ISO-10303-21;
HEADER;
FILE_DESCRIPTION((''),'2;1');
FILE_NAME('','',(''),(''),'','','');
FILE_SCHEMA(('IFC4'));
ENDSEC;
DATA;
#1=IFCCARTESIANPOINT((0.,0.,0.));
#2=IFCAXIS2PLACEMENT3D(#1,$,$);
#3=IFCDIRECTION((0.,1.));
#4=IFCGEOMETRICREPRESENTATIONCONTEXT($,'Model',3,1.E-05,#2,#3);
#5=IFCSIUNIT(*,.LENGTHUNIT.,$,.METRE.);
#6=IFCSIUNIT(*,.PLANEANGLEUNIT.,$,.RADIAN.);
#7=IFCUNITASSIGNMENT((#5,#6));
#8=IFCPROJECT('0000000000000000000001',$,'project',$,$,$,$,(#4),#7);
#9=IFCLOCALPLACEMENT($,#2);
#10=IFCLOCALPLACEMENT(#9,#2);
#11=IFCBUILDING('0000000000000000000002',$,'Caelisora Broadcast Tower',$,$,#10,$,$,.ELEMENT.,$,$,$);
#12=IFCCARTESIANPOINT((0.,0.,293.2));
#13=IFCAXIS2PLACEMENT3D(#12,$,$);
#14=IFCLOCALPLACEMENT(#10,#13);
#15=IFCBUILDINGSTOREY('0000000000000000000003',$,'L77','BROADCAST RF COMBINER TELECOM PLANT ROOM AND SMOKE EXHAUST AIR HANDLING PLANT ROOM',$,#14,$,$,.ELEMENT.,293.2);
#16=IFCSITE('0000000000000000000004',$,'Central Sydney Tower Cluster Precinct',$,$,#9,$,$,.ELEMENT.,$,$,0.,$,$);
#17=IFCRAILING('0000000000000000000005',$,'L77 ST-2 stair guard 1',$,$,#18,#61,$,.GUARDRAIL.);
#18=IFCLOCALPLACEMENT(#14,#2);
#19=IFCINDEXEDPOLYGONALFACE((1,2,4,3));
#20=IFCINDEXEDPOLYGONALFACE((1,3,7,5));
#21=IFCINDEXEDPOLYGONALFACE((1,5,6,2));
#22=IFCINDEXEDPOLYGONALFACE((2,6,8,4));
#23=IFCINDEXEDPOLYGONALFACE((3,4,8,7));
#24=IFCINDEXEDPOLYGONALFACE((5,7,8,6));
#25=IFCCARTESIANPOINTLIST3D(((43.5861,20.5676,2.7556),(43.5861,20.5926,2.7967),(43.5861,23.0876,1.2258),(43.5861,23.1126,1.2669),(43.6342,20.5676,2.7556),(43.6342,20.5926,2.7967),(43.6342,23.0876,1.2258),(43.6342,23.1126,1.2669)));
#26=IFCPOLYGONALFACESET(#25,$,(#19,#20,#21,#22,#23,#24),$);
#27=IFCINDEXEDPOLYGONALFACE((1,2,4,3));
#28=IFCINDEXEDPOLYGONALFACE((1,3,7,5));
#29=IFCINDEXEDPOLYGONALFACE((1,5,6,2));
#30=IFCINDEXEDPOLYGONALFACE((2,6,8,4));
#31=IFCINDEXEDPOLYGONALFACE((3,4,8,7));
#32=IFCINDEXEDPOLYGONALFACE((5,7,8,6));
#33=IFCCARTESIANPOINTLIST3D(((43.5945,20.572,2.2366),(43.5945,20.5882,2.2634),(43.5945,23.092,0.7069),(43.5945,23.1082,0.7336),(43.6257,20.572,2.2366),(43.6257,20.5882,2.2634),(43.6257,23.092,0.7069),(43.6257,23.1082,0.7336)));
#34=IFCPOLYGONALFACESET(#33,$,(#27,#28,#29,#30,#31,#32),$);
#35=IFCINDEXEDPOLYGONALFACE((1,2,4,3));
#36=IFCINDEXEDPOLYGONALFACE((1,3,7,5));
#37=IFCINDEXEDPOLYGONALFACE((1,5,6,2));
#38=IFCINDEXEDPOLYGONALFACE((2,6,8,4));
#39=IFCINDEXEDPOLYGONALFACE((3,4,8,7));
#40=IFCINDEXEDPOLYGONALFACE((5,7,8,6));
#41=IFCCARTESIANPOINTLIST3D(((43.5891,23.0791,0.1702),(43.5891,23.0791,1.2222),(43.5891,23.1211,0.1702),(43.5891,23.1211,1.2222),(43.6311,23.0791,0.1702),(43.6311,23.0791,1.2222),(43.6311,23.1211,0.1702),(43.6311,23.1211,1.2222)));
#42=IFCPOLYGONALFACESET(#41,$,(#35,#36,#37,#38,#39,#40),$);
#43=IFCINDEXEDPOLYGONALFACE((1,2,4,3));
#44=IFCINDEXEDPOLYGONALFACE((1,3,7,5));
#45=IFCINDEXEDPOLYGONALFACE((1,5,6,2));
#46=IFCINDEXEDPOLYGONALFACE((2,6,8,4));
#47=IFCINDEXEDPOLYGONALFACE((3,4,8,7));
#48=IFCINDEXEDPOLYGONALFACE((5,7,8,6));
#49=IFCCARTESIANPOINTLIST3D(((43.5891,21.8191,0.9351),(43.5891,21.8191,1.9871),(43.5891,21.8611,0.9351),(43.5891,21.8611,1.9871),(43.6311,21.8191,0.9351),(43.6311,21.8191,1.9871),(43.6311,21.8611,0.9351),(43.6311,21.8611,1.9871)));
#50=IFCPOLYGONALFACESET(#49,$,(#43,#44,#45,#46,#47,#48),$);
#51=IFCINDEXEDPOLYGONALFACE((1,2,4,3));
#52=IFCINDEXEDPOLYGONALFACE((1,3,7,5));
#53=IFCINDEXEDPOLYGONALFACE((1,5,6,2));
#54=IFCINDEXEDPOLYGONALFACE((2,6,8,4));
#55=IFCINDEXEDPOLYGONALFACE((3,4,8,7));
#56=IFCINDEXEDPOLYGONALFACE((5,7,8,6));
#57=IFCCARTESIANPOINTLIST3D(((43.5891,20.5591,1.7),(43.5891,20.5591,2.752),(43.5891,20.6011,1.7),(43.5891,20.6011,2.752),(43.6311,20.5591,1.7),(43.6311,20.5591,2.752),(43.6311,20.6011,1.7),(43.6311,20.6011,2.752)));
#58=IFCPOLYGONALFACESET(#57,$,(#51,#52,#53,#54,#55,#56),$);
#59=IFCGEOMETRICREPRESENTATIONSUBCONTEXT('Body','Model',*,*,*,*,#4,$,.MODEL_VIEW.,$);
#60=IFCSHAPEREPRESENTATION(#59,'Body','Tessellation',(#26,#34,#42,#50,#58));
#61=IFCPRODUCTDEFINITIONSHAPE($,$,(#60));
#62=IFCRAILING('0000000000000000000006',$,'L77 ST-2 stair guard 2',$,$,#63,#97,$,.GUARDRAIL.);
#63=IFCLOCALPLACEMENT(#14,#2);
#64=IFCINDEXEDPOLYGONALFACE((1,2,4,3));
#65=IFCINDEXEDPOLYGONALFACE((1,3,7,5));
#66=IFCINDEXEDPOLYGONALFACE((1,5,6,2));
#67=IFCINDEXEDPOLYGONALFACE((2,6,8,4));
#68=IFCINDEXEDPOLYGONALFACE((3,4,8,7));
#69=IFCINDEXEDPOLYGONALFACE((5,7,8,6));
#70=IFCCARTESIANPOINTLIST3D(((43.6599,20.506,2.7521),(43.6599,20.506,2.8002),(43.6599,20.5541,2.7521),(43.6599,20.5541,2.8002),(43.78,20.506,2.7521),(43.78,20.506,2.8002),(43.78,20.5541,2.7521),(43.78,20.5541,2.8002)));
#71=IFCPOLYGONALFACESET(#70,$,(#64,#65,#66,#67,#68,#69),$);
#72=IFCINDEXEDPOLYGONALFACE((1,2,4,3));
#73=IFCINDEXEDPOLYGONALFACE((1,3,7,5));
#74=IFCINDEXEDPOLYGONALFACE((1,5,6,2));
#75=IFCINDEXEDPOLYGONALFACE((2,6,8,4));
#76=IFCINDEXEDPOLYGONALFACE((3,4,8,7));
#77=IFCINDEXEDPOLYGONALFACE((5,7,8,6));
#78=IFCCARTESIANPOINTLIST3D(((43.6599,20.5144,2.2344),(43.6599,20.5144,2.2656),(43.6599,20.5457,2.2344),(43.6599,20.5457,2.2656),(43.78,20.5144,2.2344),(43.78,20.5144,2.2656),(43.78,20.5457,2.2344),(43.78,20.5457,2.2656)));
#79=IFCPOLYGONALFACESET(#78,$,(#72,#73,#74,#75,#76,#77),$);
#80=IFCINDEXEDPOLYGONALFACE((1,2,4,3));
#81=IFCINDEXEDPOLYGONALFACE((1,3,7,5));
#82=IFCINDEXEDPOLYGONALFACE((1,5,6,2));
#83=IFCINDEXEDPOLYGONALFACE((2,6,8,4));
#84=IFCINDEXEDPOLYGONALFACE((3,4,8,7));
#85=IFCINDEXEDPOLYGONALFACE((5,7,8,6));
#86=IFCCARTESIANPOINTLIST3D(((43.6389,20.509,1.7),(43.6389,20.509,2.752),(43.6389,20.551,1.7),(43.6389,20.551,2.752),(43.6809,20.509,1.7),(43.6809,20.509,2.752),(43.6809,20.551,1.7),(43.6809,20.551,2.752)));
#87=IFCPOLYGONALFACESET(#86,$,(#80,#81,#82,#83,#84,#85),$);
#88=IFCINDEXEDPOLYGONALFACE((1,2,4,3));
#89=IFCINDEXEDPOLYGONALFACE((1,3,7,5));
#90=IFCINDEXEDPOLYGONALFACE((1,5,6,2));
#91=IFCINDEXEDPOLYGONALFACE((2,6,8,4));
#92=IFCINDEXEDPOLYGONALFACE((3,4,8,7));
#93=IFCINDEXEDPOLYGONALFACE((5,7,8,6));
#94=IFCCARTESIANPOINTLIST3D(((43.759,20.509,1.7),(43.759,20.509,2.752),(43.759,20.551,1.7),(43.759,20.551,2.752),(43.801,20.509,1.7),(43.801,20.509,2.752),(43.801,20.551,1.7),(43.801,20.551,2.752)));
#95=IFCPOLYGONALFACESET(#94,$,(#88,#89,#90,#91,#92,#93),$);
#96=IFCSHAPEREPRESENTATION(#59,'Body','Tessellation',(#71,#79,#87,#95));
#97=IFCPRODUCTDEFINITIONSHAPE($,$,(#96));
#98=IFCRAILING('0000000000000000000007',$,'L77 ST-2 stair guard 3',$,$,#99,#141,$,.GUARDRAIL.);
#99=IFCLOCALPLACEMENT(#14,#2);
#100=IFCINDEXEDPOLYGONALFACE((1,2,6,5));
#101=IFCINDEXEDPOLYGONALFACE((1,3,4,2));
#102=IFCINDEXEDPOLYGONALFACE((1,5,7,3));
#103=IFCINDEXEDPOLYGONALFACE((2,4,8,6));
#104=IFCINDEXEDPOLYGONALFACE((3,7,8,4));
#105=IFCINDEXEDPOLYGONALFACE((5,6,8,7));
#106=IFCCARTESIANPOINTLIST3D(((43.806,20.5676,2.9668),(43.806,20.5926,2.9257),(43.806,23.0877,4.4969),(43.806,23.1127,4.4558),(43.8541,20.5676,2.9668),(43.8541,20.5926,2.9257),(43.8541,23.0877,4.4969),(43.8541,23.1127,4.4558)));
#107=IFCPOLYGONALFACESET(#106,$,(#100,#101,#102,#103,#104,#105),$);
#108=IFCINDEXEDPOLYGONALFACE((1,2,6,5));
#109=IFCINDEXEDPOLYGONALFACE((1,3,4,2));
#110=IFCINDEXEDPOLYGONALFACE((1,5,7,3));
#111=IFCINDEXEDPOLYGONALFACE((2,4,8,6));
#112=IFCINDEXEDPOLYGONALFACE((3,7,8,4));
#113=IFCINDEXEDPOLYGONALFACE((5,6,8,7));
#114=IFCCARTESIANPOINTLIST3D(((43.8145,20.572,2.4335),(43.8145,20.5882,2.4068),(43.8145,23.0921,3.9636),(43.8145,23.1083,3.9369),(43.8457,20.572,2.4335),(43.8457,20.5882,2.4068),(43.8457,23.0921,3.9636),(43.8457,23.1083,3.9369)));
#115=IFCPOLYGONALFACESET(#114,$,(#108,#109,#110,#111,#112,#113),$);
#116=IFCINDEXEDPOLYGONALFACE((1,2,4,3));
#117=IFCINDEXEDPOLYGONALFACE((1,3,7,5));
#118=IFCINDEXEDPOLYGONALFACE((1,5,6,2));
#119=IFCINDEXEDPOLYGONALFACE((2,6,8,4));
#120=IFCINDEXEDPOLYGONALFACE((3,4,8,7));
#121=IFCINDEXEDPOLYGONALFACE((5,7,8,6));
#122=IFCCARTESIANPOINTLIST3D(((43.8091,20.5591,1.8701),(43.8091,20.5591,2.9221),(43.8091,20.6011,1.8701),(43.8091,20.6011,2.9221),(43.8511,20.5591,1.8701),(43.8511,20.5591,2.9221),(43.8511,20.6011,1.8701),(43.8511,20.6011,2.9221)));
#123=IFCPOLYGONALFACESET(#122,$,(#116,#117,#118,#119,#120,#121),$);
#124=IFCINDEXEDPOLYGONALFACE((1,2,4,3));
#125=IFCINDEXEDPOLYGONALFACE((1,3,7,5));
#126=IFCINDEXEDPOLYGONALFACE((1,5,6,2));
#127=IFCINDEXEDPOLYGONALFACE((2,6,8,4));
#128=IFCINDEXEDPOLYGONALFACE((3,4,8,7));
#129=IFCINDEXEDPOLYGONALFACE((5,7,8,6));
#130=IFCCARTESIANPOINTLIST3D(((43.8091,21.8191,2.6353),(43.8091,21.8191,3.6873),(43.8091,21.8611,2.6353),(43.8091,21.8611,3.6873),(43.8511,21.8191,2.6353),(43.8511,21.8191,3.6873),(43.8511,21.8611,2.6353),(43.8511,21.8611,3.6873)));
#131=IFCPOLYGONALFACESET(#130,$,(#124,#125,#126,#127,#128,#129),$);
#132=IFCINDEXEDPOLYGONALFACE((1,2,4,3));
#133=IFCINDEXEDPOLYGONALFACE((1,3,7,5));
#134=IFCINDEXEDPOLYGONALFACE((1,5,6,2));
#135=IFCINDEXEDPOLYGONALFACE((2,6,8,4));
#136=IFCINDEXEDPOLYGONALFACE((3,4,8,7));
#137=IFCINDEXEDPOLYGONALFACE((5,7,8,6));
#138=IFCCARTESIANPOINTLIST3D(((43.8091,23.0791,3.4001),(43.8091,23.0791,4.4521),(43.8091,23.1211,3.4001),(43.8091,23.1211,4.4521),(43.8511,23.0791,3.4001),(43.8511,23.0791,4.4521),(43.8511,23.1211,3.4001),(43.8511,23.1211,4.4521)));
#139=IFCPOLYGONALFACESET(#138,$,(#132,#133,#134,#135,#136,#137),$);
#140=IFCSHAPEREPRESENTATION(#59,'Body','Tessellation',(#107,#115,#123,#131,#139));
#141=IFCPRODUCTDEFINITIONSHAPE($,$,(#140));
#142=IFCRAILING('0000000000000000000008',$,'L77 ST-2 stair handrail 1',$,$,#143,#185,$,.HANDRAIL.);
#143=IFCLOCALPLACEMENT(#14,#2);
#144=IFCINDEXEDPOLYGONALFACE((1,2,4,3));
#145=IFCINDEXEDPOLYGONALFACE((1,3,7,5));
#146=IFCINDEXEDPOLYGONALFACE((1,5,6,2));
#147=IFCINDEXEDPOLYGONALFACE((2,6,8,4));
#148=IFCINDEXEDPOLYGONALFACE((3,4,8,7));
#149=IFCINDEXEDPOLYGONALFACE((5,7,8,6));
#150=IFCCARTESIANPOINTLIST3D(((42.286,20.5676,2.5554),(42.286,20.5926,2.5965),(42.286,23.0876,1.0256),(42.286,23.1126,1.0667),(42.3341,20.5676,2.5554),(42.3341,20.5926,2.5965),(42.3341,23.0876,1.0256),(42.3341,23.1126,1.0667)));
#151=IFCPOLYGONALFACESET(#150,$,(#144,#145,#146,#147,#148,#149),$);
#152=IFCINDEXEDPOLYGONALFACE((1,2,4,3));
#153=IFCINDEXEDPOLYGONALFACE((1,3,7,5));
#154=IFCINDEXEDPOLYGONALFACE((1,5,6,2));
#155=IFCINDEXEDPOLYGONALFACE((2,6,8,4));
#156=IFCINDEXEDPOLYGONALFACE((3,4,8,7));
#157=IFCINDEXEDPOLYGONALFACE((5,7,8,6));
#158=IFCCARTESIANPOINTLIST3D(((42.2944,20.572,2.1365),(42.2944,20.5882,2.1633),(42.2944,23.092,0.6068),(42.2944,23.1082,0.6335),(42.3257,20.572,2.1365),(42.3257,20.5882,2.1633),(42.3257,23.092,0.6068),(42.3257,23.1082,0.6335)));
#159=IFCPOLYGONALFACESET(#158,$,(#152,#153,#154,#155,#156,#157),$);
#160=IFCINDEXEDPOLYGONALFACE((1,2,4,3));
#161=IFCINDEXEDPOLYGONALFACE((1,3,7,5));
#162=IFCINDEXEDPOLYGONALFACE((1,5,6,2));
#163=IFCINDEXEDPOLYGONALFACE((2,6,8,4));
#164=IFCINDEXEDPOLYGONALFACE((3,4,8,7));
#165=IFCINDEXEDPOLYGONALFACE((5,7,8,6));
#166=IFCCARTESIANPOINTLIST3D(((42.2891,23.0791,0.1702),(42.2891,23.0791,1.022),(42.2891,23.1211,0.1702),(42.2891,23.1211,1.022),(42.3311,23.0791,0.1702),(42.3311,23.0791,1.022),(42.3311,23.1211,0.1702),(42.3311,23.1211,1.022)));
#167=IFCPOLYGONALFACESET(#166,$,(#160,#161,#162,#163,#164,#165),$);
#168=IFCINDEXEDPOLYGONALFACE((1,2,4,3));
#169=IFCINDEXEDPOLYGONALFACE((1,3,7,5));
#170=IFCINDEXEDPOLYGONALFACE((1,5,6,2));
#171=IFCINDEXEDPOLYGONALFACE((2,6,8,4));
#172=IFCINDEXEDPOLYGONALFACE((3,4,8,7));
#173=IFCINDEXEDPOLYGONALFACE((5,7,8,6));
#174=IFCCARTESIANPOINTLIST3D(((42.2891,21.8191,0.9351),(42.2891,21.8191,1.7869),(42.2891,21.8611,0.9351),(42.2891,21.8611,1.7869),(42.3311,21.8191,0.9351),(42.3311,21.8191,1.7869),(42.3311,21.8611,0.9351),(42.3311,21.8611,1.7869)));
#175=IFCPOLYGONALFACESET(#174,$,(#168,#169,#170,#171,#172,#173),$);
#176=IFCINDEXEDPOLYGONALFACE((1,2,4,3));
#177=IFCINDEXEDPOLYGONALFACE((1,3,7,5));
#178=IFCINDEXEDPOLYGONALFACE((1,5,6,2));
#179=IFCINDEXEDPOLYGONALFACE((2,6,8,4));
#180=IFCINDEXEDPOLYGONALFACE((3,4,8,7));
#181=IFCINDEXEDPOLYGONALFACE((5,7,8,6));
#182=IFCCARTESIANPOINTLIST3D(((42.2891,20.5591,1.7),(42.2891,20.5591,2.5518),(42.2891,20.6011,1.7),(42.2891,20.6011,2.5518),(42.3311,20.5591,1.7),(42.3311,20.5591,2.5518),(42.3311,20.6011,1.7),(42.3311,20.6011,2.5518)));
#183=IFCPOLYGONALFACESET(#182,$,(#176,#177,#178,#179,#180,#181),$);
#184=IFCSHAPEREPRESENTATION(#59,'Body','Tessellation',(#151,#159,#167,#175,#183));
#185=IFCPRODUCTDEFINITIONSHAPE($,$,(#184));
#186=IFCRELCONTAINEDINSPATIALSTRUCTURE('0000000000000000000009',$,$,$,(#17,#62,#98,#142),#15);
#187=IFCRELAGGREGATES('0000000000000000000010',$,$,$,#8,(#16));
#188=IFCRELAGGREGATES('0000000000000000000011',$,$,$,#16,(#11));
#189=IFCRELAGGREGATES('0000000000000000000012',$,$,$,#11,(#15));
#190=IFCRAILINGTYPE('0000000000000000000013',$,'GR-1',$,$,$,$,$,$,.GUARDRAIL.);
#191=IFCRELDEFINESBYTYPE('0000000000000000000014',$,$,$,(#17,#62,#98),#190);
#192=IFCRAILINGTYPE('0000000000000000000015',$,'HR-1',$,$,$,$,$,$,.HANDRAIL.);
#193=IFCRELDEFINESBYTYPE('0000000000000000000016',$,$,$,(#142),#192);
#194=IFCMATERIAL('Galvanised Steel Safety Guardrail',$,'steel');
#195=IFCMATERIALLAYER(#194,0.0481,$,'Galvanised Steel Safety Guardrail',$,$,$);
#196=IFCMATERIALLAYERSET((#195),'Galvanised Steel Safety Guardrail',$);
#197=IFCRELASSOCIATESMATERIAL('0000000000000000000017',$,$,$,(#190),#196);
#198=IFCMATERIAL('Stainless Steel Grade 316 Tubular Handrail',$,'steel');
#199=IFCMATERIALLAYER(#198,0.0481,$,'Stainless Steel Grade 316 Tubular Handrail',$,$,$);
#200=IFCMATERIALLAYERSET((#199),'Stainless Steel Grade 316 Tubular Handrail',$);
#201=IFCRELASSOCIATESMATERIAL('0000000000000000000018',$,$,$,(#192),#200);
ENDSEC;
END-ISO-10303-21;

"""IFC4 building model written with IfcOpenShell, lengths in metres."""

from ifc_helpers import new_model, si_unit, direction, frame, origin, origin_2d, place, context, subcontext, project, spatial, rectangle, extrude, material, layer, layer_set, type_object, element, save


model = new_model("IFC4")

# Units and contexts
model_context = context("Model", 3, precision=1e-05, world=origin(), true_north=direction((0.0, 1.0)))
body_context = subcontext(model_context, "Body", "Model", "MODEL_VIEW")
ifc_project = project(units=[si_unit("LENGTHUNIT", "METRE"), si_unit("PLANEANGLEUNIT", "RADIAN")], contexts=[model_context])

# Site, building, storey
site_placement = place(None, origin())
site = spatial("IfcSite", under=ifc_project, at=site_placement, Name="Central Sydney Tower Cluster Precinct", CompositionType="ELEMENT", RefElevation=0.0)
building_placement = place(site_placement, origin())
building = spatial("IfcBuilding", under=site, at=building_placement, Name="Caelisora Broadcast Tower", CompositionType="ELEMENT")
storey_placement = place(building_placement, frame((0.0, 0.0, 293.2)))
storey = spatial("IfcBuildingStorey", under=building, at=storey_placement, Name="L77", Description="BROADCAST RF COMBINER TELECOM PLANT ROOM AND SMOKE EXHAUST AIR HANDLING PLANT ROOM", CompositionType="ELEMENT", Elevation=293.2)

# Railings
ifc_material_1 = material(Name="Galvanised Steel Safety Guardrail", Category="steel")
ifc_layer_1 = layer(ifc_material_1, 0.0481, Name="Galvanised Steel Safety Guardrail")
ifc_layer_set_1 = layer_set([ifc_layer_1], Name="Galvanised Steel Safety Guardrail")
railing_type_1 = type_object("IfcRailingType", Name="GR-1", PredefinedType="GUARDRAIL", material=ifc_layer_set_1)
railing_1_placement = place(storey_placement, frame((43.6101, 23.1001, 0.1702)))
element("IfcRailing", 1, at=railing_1_placement, inside=storey, type_object=railing_type_1, Name="L77 ST-2 stair guard 1", PredefinedType="GUARDRAIL", context=body_context, shape_type="SweptSolid", body=[
    extrude(rectangle(XDim=0.0481, YDim=0.0481, at=origin_2d()), frame((0.0, 0.0, 1.0762), z_axis=(0.0, -0.854822, 0.518922), x_axis=(1.0, 0.0, 0.0)), (0.0, 0.0, 1.0), 2.948),
    extrude(rectangle(XDim=0.0312, YDim=0.0312, at=origin_2d()), frame((0.0, 0.0, 0.55), z_axis=(0.0, -0.854822, 0.518922), x_axis=(1.0, 0.0, 0.0)), (0.0, 0.0, 1.0), 2.948),
    extrude(rectangle(XDim=0.042, YDim=0.042, at=origin_2d()), origin(), (0.0, 0.0, 1.0), 1.052),
    extrude(rectangle(XDim=0.042, YDim=0.042, at=origin_2d()), frame((0.0, -1.26, 0.7649)), (0.0, 0.0, 1.0), 1.052),
    extrude(rectangle(XDim=0.042, YDim=0.042, at=origin_2d()), frame((0.0, -2.52, 1.5298)), (0.0, 0.0, 1.0), 1.052),
])
railing_2_placement = place(storey_placement, frame((43.6599, 20.53, 1.7)))
element("IfcRailing", 2, at=railing_2_placement, inside=storey, type_object=railing_type_1, Name="L77 ST-2 stair guard 2", PredefinedType="GUARDRAIL", context=body_context, shape_type="SweptSolid", body=[
    extrude(rectangle(XDim=0.0481, YDim=0.0481, at=origin_2d()), frame((0.0, 0.0, 1.0762), z_axis=(1.0, 0.0, 0.0), x_axis=(0.0, 1.0, 0.0)), (0.0, 0.0, 1.0), 0.1201),
    extrude(rectangle(XDim=0.0312, YDim=0.0312, at=origin_2d()), frame((0.0, 0.0, 0.55), z_axis=(1.0, 0.0, 0.0), x_axis=(0.0, 1.0, 0.0)), (0.0, 0.0, 1.0), 0.1201),
    extrude(rectangle(XDim=0.042, YDim=0.042, at=origin_2d()), origin(), (0.0, 0.0, 1.0), 1.052),
    extrude(rectangle(XDim=0.042, YDim=0.042, at=origin_2d()), frame((0.1201, 0.0, 0.0)), (0.0, 0.0, 1.0), 1.052),
])
railing_3_placement = place(storey_placement, frame((43.8301, 20.5801, 1.8701)))
element("IfcRailing", 3, at=railing_3_placement, inside=storey, type_object=railing_type_1, Name="L77 ST-2 stair guard 3", PredefinedType="GUARDRAIL", context=body_context, shape_type="SweptSolid", body=[
    extrude(rectangle(XDim=0.0481, YDim=0.0481, at=origin_2d()), frame((0.0, 0.0, 1.0762), z_axis=(0.0, 0.854785, 0.518982), x_axis=(-1.0, 0.0, 0.0)), (0.0, 0.0, 1.0), 2.9482),
    extrude(rectangle(XDim=0.0312, YDim=0.0312, at=origin_2d()), frame((0.0, 0.0, 0.55), z_axis=(0.0, 0.854785, 0.518982), x_axis=(-1.0, 0.0, 0.0)), (0.0, 0.0, 1.0), 2.9482),
    extrude(rectangle(XDim=0.042, YDim=0.042, at=origin_2d()), origin(), (0.0, 0.0, 1.0), 1.052),
    extrude(rectangle(XDim=0.042, YDim=0.042, at=origin_2d()), frame((0.0, 1.26, 0.7651)), (0.0, 0.0, 1.0), 1.052),
    extrude(rectangle(XDim=0.042, YDim=0.042, at=origin_2d()), frame((0.0, 2.52, 1.53)), (0.0, 0.0, 1.0), 1.052),
])
ifc_material_2 = material(Name="Stainless Steel Grade 316 Tubular Handrail", Category="steel")
ifc_layer_2 = layer(ifc_material_2, 0.0481, Name="Stainless Steel Grade 316 Tubular Handrail")
ifc_layer_set_2 = layer_set([ifc_layer_2], Name="Stainless Steel Grade 316 Tubular Handrail")
railing_type_2 = type_object("IfcRailingType", Name="HR-1", PredefinedType="HANDRAIL", material=ifc_layer_set_2)
railing_4_placement = place(storey_placement, frame((42.3101, 23.1001, 0.1702)))
element("IfcRailing", 4, at=railing_4_placement, inside=storey, type_object=railing_type_2, Name="L77 ST-2 stair handrail 1", PredefinedType="HANDRAIL", context=body_context, shape_type="SweptSolid", body=[
    extrude(rectangle(XDim=0.0481, YDim=0.0481, at=origin_2d()), frame((0.0, 0.0, 0.876), z_axis=(0.0, -0.854822, 0.518922), x_axis=(1.0, 0.0, 0.0)), (0.0, 0.0, 1.0), 2.948),
    extrude(rectangle(XDim=0.0312, YDim=0.0312, at=origin_2d()), frame((0.0, 0.0, 0.45), z_axis=(0.0, -0.854822, 0.518922), x_axis=(1.0, 0.0, 0.0)), (0.0, 0.0, 1.0), 2.948),
    extrude(rectangle(XDim=0.042, YDim=0.042, at=origin_2d()), origin(), (0.0, 0.0, 1.0), 0.8518),
    extrude(rectangle(XDim=0.042, YDim=0.042, at=origin_2d()), frame((0.0, -1.26, 0.7649)), (0.0, 0.0, 1.0), 0.8518),
    extrude(rectangle(XDim=0.042, YDim=0.042, at=origin_2d()), frame((0.0, -2.52, 1.5298)), (0.0, 0.0, 1.0), 0.8518),
])

save(model, "model.ifc")
